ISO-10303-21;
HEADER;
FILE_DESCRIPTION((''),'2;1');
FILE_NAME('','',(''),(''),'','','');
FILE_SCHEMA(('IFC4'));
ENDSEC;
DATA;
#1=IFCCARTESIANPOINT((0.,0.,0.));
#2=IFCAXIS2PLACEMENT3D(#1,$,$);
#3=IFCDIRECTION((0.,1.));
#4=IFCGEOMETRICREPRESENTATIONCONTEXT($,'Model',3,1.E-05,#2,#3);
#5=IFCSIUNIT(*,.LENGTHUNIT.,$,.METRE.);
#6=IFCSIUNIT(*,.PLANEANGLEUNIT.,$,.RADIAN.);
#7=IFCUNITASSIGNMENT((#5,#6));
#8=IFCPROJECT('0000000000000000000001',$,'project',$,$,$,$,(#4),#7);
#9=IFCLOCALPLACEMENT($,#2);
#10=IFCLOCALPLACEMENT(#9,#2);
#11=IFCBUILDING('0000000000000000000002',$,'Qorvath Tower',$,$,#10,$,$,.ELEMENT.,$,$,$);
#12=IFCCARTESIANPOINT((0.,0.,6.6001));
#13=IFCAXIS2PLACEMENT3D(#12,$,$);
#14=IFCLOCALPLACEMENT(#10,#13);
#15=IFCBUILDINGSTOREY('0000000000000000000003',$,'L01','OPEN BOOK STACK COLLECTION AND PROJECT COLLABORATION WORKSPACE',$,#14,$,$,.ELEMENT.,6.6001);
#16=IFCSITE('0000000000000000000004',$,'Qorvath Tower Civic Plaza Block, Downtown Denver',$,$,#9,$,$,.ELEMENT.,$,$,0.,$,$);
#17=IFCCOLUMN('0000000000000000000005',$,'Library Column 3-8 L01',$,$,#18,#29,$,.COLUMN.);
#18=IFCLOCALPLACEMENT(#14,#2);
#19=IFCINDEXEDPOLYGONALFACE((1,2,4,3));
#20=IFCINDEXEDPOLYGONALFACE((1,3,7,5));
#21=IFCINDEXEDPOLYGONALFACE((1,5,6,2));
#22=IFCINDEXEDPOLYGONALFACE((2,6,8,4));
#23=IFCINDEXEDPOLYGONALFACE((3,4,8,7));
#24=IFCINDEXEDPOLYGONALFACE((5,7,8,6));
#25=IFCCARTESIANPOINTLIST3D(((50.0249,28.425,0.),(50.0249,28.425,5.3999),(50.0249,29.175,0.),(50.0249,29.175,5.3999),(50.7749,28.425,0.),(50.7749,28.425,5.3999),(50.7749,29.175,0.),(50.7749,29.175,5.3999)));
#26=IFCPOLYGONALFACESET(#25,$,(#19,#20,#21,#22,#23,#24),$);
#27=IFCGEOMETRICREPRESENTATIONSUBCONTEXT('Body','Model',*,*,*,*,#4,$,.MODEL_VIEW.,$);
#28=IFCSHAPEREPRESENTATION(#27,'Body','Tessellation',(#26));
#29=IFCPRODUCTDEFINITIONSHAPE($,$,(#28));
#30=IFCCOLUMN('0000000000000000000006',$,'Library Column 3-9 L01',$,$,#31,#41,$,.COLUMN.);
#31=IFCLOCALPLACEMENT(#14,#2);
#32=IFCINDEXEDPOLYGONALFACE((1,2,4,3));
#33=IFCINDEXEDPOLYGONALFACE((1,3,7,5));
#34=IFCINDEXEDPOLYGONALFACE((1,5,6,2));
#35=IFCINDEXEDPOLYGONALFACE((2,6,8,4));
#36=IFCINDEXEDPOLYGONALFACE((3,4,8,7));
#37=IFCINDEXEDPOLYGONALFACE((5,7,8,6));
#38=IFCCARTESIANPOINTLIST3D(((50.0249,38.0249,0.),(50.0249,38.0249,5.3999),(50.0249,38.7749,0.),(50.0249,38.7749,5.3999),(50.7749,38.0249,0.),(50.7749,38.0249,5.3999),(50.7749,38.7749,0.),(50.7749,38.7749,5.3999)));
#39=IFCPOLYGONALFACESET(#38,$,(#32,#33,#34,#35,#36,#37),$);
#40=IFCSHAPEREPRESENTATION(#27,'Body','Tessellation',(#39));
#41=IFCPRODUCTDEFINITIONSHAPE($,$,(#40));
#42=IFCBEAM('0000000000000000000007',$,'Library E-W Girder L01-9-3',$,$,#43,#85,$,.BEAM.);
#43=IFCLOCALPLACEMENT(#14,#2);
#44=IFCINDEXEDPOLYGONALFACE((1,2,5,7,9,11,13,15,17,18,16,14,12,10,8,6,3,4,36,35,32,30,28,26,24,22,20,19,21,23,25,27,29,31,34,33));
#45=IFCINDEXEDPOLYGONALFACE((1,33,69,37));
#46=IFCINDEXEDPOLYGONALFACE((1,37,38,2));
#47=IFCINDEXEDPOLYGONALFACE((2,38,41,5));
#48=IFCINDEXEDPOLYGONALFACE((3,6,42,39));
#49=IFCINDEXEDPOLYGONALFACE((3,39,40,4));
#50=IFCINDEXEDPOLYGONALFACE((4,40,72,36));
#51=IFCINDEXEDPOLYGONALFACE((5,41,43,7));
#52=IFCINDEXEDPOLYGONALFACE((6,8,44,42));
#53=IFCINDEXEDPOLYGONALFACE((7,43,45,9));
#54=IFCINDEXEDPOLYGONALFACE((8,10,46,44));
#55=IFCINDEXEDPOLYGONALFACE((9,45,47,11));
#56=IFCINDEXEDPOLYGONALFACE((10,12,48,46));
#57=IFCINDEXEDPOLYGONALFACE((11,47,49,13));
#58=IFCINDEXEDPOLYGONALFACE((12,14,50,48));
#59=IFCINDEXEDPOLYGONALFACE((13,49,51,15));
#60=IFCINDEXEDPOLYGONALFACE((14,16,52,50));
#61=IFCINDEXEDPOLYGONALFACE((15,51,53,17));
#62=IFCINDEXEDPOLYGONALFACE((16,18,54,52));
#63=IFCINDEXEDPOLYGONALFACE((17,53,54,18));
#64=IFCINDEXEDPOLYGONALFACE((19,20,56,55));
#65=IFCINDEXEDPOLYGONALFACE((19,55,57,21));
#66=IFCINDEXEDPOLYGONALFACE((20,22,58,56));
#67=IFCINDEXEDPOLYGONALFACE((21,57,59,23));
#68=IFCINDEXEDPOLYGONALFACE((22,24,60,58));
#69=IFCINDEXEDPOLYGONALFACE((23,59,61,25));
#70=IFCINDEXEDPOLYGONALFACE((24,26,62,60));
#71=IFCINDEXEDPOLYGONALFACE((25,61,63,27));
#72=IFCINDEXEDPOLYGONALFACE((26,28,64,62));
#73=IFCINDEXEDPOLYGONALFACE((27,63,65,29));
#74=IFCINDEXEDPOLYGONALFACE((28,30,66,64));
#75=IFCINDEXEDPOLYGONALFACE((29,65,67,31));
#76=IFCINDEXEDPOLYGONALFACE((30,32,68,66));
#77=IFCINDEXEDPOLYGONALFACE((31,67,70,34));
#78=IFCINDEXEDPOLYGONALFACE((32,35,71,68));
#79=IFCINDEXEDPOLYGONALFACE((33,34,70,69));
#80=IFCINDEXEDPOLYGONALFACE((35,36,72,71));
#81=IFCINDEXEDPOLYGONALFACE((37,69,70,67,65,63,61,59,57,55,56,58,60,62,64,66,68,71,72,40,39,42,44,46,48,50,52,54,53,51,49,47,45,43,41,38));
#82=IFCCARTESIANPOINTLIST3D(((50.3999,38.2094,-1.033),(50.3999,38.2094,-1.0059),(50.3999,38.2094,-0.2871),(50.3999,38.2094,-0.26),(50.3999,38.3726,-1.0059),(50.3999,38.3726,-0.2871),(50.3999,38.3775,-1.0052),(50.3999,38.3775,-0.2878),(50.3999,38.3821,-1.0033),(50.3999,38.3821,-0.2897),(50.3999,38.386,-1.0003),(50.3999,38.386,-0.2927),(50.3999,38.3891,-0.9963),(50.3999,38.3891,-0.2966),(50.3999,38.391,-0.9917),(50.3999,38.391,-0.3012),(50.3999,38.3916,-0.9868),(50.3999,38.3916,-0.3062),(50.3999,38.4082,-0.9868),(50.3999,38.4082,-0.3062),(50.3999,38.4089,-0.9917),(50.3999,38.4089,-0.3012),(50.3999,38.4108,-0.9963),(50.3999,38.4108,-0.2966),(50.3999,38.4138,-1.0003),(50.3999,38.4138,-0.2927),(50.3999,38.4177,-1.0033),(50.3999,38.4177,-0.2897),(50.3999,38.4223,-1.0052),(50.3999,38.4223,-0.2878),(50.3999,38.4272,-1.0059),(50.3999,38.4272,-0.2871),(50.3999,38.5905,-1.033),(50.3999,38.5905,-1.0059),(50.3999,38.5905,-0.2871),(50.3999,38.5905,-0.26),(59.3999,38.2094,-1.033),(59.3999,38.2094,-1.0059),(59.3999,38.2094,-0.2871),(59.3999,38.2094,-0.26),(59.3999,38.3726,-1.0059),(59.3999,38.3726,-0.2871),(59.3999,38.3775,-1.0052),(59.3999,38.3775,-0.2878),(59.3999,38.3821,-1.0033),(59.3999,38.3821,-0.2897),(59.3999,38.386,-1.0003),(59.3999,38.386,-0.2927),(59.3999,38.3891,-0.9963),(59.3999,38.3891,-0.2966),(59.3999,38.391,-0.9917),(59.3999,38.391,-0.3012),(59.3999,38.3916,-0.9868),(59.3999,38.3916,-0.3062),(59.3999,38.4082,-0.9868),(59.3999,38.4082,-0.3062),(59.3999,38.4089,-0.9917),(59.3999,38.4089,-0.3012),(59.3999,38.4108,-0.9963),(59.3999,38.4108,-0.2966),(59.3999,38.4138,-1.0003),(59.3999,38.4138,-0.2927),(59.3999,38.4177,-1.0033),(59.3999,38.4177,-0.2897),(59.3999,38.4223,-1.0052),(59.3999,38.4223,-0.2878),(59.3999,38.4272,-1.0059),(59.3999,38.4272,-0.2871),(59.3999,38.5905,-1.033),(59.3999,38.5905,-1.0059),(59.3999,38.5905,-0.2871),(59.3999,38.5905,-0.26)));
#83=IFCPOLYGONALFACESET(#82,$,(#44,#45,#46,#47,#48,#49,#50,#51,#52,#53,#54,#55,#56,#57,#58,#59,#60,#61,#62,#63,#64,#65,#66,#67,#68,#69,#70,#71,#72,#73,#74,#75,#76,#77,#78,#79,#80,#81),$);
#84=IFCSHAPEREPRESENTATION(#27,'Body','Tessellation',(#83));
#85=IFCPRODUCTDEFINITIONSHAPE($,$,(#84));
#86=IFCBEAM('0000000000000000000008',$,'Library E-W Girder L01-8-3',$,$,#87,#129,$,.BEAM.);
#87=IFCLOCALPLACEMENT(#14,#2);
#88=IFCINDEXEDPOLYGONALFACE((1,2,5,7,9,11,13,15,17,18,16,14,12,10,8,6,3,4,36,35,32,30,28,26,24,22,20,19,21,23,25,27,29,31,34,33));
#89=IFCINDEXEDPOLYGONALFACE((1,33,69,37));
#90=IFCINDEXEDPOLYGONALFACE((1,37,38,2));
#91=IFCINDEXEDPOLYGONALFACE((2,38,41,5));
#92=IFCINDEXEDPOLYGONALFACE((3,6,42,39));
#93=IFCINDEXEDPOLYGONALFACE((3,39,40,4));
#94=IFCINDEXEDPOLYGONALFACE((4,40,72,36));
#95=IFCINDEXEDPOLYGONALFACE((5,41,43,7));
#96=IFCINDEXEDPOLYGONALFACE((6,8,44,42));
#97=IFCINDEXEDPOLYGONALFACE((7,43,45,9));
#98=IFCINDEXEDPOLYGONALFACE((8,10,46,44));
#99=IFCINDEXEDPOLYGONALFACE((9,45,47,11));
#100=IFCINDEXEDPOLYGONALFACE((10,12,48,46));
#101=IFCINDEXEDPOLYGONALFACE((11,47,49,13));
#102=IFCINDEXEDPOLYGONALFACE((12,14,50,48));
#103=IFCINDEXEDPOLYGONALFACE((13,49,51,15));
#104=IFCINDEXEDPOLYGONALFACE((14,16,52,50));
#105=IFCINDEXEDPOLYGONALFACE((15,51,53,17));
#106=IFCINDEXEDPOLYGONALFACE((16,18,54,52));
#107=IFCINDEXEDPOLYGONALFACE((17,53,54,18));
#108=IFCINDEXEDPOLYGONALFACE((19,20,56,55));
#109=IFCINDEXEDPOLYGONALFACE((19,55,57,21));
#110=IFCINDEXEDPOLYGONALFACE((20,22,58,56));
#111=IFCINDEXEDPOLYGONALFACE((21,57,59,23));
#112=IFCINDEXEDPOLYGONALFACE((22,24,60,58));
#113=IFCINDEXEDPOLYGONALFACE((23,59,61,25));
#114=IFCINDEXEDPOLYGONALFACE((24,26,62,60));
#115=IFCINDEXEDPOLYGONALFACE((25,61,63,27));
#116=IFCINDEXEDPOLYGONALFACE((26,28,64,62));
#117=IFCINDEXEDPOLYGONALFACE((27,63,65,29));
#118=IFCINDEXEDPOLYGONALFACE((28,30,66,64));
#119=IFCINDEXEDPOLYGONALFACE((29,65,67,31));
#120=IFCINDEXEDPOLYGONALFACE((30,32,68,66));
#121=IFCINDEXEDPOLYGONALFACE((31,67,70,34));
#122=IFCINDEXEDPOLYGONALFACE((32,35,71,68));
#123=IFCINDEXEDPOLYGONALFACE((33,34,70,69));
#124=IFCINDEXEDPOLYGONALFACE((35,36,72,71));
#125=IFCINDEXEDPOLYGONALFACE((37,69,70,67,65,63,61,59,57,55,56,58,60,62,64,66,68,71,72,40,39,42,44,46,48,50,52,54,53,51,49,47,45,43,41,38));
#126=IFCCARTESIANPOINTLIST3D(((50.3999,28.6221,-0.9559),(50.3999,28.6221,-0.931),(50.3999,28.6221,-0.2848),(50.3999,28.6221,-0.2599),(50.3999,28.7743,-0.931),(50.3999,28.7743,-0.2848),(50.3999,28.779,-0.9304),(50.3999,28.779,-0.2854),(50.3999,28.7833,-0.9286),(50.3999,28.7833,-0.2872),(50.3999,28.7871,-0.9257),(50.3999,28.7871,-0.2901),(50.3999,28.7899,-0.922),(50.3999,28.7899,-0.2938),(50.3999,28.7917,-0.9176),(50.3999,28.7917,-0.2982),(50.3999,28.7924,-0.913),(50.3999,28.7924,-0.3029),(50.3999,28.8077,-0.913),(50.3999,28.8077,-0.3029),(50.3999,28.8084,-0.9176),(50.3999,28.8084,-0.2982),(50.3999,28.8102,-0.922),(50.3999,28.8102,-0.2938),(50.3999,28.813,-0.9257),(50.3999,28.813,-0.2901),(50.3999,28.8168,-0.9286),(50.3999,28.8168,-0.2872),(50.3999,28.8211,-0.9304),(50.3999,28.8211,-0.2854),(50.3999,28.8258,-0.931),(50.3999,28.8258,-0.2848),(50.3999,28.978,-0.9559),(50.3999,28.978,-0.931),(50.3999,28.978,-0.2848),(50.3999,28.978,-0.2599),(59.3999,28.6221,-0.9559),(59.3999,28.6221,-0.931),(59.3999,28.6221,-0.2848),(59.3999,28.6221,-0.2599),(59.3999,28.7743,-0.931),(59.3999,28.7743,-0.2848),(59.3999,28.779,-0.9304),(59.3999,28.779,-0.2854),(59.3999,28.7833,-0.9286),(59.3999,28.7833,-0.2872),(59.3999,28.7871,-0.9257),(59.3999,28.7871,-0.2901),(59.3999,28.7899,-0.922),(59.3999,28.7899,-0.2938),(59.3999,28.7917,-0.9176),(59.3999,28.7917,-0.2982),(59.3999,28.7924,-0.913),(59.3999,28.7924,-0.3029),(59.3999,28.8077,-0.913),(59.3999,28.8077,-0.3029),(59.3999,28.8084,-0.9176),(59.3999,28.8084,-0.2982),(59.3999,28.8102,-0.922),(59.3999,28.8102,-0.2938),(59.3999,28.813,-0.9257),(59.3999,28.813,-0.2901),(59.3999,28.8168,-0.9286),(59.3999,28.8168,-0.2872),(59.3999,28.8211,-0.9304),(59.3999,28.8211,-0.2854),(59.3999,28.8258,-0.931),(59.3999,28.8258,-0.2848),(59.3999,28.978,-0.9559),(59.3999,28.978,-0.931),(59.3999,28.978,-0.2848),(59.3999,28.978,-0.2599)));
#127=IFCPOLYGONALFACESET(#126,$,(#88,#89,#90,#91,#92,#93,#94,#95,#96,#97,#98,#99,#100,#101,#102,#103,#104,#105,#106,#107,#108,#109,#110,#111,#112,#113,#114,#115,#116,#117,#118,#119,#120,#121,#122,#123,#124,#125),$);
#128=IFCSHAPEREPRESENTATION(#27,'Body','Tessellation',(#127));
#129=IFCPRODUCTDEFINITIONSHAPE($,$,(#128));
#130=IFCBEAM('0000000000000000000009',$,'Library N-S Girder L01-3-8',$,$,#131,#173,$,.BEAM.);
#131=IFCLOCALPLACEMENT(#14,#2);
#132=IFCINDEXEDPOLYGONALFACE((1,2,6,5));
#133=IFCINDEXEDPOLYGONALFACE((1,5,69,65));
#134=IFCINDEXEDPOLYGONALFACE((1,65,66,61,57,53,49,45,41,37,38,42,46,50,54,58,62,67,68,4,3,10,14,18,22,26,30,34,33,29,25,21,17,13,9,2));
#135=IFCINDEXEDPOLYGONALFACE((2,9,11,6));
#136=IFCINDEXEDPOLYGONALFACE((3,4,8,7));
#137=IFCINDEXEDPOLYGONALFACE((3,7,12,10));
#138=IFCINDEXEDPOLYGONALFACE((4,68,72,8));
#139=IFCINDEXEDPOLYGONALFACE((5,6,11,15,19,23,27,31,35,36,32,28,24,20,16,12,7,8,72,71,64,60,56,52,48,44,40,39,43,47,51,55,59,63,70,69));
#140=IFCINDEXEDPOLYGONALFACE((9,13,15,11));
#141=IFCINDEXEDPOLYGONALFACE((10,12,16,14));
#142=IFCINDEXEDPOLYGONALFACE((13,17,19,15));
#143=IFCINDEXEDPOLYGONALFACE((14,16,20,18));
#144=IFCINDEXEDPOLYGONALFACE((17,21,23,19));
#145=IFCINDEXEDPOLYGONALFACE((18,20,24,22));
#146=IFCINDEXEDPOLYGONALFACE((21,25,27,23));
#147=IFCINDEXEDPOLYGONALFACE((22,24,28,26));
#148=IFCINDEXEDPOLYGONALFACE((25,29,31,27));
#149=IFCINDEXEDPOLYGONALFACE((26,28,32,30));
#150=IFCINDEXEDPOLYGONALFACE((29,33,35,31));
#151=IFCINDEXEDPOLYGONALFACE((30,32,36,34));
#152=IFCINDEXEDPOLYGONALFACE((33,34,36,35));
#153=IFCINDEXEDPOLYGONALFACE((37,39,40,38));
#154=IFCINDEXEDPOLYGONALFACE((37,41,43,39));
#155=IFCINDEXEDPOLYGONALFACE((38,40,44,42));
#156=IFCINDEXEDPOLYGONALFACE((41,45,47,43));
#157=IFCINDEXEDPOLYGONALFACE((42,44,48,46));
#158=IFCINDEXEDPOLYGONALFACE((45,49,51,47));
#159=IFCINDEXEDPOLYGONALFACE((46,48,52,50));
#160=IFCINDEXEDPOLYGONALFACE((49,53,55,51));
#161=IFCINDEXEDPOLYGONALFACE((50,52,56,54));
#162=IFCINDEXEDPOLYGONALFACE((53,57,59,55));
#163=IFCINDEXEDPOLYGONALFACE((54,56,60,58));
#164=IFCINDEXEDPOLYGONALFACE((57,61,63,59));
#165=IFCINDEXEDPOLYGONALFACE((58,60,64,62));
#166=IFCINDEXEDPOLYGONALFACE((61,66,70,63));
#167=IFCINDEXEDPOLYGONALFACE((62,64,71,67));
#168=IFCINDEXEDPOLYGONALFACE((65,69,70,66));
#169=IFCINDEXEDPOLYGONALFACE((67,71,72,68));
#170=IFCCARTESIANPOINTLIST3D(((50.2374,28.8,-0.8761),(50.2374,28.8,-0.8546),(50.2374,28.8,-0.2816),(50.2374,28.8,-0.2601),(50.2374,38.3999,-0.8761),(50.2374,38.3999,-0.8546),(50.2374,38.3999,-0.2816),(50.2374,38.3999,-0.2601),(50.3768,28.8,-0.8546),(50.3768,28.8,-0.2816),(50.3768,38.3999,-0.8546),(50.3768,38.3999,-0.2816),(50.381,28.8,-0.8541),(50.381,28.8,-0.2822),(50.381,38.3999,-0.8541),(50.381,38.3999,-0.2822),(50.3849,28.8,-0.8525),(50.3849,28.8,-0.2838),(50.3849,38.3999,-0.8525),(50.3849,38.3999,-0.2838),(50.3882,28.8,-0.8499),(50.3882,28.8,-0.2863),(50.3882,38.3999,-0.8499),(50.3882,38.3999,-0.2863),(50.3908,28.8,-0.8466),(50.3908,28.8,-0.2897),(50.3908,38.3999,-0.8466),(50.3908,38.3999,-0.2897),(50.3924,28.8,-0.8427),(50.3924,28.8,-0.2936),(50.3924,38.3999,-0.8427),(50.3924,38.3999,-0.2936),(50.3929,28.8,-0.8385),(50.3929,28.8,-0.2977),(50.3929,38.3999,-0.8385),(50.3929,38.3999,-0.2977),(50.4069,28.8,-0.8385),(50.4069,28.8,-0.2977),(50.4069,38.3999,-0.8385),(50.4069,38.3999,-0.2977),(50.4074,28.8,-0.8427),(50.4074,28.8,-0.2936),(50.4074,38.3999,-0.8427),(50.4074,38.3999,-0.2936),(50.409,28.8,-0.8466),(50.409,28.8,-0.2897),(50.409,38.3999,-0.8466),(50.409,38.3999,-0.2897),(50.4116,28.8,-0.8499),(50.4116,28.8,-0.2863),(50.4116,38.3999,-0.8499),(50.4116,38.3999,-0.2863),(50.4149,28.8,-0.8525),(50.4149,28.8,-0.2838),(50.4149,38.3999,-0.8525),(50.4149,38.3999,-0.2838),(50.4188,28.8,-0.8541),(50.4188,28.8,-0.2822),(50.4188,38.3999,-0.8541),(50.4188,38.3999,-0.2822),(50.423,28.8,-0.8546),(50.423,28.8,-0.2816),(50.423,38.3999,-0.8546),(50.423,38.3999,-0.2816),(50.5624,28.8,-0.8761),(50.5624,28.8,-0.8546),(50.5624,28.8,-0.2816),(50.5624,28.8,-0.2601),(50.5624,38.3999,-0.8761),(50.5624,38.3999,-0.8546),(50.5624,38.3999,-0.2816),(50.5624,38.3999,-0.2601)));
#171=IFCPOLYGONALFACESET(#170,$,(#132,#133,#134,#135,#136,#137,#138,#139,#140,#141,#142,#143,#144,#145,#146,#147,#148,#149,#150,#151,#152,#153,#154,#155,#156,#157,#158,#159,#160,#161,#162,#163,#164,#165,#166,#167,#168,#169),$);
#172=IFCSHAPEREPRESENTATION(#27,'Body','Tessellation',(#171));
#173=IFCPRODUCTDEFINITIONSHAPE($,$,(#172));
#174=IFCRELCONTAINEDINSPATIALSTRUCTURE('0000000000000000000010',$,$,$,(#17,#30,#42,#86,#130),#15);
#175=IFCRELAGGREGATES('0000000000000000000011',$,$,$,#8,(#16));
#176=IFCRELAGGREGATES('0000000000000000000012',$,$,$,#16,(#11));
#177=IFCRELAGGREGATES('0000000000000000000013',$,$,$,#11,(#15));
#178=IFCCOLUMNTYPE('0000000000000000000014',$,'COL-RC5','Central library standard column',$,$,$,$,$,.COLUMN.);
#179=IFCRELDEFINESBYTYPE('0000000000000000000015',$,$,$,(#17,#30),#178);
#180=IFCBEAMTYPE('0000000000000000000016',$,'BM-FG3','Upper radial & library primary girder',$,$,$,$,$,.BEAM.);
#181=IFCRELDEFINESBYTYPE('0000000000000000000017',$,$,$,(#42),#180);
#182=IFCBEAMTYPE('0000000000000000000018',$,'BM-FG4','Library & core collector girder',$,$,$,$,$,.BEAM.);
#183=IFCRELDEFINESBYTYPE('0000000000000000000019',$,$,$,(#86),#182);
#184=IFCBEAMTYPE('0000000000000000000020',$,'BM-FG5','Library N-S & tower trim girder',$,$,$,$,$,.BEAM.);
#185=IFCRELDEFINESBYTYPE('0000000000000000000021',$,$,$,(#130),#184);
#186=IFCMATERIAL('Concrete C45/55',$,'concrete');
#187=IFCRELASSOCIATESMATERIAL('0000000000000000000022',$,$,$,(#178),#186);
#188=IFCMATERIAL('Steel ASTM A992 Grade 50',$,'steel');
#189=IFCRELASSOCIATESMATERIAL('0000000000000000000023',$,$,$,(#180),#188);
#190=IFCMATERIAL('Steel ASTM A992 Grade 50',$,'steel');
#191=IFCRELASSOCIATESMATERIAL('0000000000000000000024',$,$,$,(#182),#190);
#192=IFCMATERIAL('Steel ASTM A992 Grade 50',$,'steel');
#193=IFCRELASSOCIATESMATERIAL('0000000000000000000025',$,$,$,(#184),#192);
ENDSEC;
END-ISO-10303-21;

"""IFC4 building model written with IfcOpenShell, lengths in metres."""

from ifc_helpers import new_model, si_unit, direction, frame, origin, origin_2d, place, context, subcontext, project, spatial, rectangle, i_section, extrude, material, material_profile, profile_set, type_object, element, save


model = new_model("IFC4")

# Units and contexts
model_context = context("Model", 3, precision=1e-05, world=origin(), true_north=direction((0.0, 1.0)))
body_context = subcontext(model_context, "Body", "Model", "MODEL_VIEW")
ifc_project = project(units=[si_unit("LENGTHUNIT", "METRE"), si_unit("PLANEANGLEUNIT", "RADIAN")], contexts=[model_context])

# Site, building, storey
site_placement = place(None, origin())
site = spatial("IfcSite", under=ifc_project, at=site_placement, Name="Qorvath Tower Civic Plaza Block, Downtown Denver", CompositionType="ELEMENT", RefElevation=0.0)
building_placement = place(site_placement, origin())
building = spatial("IfcBuilding", under=site, at=building_placement, Name="Qorvath Tower", CompositionType="ELEMENT")
storey_placement = place(building_placement, frame((0.0, 0.0, 6.6001)))
storey = spatial("IfcBuildingStorey", under=building, at=storey_placement, Name="L01", Description="OPEN BOOK STACK COLLECTION AND PROJECT COLLABORATION WORKSPACE", CompositionType="ELEMENT", Elevation=6.6001)

# Columns
ifc_material_1 = material(Name="Concrete C45/55", Category="concrete")
ifc_material_profile_1 = material_profile(ifc_material_1, rectangle(XDim=0.75, YDim=0.75, at=origin_2d()), Name="RC 750x750")
ifc_profile_set_1 = profile_set([ifc_material_profile_1], Name="Concrete C45/55")
column_type = type_object("IfcColumnType", Name="COL-RC5", Description="Central library standard column", PredefinedType="COLUMN", material=ifc_profile_set_1)
for number, where, z_axis, x_axis, name in (
    (1, (50.3999, 28.8, 0.0), (0.0, 0.0, 1.0), (1.0, 0.0, 0.0), "Library Column 3-8 L01"),
    (2, (50.3999, 38.3999, 0.0), (0.0, 0.0, 1.0), (1.0, 0.0, 0.0), "Library Column 3-9 L01"),
):
    element("IfcColumn", number, at=place(storey_placement, frame(where, z_axis=z_axis, x_axis=x_axis)), inside=storey, type_object=column_type, Name=name, PredefinedType="COLUMN", context=body_context, shape_type="SweptSolid", body=[
        extrude(rectangle(XDim=0.75, YDim=0.75, at=origin_2d()), origin(), (0.0, 0.0, 1.0), 5.3999),
    ])

# Beams
ifc_material_2 = material(Name="Steel ASTM A992 Grade 50", Category="steel")
ifc_material_profile_2 = material_profile(ifc_material_2, i_section(OverallWidth=0.3811, OverallDepth=0.7729, WebThickness=0.0166, FlangeThickness=0.0271, FilletRadius=0.019, at=origin_2d()), Name="W30x173")
ifc_profile_set_2 = profile_set([ifc_material_profile_2], Name="Steel ASTM A992 Grade 50")
beam_type_1 = type_object("IfcBeamType", Name="BM-FG3", Description="Upper radial & library primary girder", PredefinedType="BEAM", material=ifc_profile_set_2)
beam_1_placement = place(storey_placement, frame((50.3999, 38.3999, -0.6465), z_axis=(1.0, 0.0, 0.0), x_axis=(0.0, 1.0, 0.0)))
element("IfcBeam", 3, at=beam_1_placement, inside=storey, type_object=beam_type_1, Name="Library E-W Girder L01-9-3", PredefinedType="BEAM", context=body_context, shape_type="SweptSolid", body=[
    extrude(i_section(OverallWidth=0.3811, OverallDepth=0.7729, WebThickness=0.0166, FlangeThickness=0.0271, FilletRadius=0.019, at=origin_2d()), origin(), (0.0, 0.0, 1.0), 9.0),
])
ifc_material_3 = material(Name="Steel ASTM A992 Grade 50", Category="steel")
ifc_material_profile_3 = material_profile(ifc_material_3, i_section(OverallWidth=0.356, OverallDepth=0.696, WebThickness=0.0154, FlangeThickness=0.0249, FilletRadius=0.0181, at=origin_2d()), Name="W27x146")
ifc_profile_set_3 = profile_set([ifc_material_profile_3], Name="Steel ASTM A992 Grade 50")
beam_type_2 = type_object("IfcBeamType", Name="BM-FG4", Description="Library & core collector girder", PredefinedType="BEAM", material=ifc_profile_set_3)
beam_2_placement = place(storey_placement, frame((50.3999, 28.8, -0.6079), z_axis=(1.0, 0.0, 0.0), x_axis=(0.0, 1.0, 0.0)))
element("IfcBeam", 4, at=beam_2_placement, inside=storey, type_object=beam_type_2, Name="Library E-W Girder L01-8-3", PredefinedType="BEAM", context=body_context, shape_type="SweptSolid", body=[
    extrude(i_section(OverallWidth=0.356, OverallDepth=0.696, WebThickness=0.0154, FlangeThickness=0.0249, FilletRadius=0.0181, at=origin_2d()), origin(), (0.0, 0.0, 1.0), 9.0),
])
ifc_material_4 = material(Name="Steel ASTM A992 Grade 50", Category="steel")
ifc_material_profile_4 = material_profile(ifc_material_4, i_section(OverallWidth=0.325, OverallDepth=0.616, WebThickness=0.0139, FlangeThickness=0.0215, FilletRadius=0.0161, at=origin_2d()), Name="W24x117")
ifc_profile_set_4 = profile_set([ifc_material_profile_4], Name="Steel ASTM A992 Grade 50")
beam_type_3 = type_object("IfcBeamType", Name="BM-FG5", Description="Library N-S & tower trim girder", PredefinedType="BEAM", material=ifc_profile_set_4)
beam_3_placement = place(storey_placement, frame((50.3999, 28.8, -0.5681), z_axis=(0.0, 1.0, 0.0), x_axis=(-1.0, 0.0, 0.0)))
element("IfcBeam", 5, at=beam_3_placement, inside=storey, type_object=beam_type_3, Name="Library N-S Girder L01-3-8", PredefinedType="BEAM", context=body_context, shape_type="SweptSolid", body=[
    extrude(i_section(OverallWidth=0.325, OverallDepth=0.616, WebThickness=0.0139, FlangeThickness=0.0215, FilletRadius=0.0161, at=origin_2d()), origin(), (0.0, 0.0, 1.0), 9.5999),
])

save(model, "model.ifc")
